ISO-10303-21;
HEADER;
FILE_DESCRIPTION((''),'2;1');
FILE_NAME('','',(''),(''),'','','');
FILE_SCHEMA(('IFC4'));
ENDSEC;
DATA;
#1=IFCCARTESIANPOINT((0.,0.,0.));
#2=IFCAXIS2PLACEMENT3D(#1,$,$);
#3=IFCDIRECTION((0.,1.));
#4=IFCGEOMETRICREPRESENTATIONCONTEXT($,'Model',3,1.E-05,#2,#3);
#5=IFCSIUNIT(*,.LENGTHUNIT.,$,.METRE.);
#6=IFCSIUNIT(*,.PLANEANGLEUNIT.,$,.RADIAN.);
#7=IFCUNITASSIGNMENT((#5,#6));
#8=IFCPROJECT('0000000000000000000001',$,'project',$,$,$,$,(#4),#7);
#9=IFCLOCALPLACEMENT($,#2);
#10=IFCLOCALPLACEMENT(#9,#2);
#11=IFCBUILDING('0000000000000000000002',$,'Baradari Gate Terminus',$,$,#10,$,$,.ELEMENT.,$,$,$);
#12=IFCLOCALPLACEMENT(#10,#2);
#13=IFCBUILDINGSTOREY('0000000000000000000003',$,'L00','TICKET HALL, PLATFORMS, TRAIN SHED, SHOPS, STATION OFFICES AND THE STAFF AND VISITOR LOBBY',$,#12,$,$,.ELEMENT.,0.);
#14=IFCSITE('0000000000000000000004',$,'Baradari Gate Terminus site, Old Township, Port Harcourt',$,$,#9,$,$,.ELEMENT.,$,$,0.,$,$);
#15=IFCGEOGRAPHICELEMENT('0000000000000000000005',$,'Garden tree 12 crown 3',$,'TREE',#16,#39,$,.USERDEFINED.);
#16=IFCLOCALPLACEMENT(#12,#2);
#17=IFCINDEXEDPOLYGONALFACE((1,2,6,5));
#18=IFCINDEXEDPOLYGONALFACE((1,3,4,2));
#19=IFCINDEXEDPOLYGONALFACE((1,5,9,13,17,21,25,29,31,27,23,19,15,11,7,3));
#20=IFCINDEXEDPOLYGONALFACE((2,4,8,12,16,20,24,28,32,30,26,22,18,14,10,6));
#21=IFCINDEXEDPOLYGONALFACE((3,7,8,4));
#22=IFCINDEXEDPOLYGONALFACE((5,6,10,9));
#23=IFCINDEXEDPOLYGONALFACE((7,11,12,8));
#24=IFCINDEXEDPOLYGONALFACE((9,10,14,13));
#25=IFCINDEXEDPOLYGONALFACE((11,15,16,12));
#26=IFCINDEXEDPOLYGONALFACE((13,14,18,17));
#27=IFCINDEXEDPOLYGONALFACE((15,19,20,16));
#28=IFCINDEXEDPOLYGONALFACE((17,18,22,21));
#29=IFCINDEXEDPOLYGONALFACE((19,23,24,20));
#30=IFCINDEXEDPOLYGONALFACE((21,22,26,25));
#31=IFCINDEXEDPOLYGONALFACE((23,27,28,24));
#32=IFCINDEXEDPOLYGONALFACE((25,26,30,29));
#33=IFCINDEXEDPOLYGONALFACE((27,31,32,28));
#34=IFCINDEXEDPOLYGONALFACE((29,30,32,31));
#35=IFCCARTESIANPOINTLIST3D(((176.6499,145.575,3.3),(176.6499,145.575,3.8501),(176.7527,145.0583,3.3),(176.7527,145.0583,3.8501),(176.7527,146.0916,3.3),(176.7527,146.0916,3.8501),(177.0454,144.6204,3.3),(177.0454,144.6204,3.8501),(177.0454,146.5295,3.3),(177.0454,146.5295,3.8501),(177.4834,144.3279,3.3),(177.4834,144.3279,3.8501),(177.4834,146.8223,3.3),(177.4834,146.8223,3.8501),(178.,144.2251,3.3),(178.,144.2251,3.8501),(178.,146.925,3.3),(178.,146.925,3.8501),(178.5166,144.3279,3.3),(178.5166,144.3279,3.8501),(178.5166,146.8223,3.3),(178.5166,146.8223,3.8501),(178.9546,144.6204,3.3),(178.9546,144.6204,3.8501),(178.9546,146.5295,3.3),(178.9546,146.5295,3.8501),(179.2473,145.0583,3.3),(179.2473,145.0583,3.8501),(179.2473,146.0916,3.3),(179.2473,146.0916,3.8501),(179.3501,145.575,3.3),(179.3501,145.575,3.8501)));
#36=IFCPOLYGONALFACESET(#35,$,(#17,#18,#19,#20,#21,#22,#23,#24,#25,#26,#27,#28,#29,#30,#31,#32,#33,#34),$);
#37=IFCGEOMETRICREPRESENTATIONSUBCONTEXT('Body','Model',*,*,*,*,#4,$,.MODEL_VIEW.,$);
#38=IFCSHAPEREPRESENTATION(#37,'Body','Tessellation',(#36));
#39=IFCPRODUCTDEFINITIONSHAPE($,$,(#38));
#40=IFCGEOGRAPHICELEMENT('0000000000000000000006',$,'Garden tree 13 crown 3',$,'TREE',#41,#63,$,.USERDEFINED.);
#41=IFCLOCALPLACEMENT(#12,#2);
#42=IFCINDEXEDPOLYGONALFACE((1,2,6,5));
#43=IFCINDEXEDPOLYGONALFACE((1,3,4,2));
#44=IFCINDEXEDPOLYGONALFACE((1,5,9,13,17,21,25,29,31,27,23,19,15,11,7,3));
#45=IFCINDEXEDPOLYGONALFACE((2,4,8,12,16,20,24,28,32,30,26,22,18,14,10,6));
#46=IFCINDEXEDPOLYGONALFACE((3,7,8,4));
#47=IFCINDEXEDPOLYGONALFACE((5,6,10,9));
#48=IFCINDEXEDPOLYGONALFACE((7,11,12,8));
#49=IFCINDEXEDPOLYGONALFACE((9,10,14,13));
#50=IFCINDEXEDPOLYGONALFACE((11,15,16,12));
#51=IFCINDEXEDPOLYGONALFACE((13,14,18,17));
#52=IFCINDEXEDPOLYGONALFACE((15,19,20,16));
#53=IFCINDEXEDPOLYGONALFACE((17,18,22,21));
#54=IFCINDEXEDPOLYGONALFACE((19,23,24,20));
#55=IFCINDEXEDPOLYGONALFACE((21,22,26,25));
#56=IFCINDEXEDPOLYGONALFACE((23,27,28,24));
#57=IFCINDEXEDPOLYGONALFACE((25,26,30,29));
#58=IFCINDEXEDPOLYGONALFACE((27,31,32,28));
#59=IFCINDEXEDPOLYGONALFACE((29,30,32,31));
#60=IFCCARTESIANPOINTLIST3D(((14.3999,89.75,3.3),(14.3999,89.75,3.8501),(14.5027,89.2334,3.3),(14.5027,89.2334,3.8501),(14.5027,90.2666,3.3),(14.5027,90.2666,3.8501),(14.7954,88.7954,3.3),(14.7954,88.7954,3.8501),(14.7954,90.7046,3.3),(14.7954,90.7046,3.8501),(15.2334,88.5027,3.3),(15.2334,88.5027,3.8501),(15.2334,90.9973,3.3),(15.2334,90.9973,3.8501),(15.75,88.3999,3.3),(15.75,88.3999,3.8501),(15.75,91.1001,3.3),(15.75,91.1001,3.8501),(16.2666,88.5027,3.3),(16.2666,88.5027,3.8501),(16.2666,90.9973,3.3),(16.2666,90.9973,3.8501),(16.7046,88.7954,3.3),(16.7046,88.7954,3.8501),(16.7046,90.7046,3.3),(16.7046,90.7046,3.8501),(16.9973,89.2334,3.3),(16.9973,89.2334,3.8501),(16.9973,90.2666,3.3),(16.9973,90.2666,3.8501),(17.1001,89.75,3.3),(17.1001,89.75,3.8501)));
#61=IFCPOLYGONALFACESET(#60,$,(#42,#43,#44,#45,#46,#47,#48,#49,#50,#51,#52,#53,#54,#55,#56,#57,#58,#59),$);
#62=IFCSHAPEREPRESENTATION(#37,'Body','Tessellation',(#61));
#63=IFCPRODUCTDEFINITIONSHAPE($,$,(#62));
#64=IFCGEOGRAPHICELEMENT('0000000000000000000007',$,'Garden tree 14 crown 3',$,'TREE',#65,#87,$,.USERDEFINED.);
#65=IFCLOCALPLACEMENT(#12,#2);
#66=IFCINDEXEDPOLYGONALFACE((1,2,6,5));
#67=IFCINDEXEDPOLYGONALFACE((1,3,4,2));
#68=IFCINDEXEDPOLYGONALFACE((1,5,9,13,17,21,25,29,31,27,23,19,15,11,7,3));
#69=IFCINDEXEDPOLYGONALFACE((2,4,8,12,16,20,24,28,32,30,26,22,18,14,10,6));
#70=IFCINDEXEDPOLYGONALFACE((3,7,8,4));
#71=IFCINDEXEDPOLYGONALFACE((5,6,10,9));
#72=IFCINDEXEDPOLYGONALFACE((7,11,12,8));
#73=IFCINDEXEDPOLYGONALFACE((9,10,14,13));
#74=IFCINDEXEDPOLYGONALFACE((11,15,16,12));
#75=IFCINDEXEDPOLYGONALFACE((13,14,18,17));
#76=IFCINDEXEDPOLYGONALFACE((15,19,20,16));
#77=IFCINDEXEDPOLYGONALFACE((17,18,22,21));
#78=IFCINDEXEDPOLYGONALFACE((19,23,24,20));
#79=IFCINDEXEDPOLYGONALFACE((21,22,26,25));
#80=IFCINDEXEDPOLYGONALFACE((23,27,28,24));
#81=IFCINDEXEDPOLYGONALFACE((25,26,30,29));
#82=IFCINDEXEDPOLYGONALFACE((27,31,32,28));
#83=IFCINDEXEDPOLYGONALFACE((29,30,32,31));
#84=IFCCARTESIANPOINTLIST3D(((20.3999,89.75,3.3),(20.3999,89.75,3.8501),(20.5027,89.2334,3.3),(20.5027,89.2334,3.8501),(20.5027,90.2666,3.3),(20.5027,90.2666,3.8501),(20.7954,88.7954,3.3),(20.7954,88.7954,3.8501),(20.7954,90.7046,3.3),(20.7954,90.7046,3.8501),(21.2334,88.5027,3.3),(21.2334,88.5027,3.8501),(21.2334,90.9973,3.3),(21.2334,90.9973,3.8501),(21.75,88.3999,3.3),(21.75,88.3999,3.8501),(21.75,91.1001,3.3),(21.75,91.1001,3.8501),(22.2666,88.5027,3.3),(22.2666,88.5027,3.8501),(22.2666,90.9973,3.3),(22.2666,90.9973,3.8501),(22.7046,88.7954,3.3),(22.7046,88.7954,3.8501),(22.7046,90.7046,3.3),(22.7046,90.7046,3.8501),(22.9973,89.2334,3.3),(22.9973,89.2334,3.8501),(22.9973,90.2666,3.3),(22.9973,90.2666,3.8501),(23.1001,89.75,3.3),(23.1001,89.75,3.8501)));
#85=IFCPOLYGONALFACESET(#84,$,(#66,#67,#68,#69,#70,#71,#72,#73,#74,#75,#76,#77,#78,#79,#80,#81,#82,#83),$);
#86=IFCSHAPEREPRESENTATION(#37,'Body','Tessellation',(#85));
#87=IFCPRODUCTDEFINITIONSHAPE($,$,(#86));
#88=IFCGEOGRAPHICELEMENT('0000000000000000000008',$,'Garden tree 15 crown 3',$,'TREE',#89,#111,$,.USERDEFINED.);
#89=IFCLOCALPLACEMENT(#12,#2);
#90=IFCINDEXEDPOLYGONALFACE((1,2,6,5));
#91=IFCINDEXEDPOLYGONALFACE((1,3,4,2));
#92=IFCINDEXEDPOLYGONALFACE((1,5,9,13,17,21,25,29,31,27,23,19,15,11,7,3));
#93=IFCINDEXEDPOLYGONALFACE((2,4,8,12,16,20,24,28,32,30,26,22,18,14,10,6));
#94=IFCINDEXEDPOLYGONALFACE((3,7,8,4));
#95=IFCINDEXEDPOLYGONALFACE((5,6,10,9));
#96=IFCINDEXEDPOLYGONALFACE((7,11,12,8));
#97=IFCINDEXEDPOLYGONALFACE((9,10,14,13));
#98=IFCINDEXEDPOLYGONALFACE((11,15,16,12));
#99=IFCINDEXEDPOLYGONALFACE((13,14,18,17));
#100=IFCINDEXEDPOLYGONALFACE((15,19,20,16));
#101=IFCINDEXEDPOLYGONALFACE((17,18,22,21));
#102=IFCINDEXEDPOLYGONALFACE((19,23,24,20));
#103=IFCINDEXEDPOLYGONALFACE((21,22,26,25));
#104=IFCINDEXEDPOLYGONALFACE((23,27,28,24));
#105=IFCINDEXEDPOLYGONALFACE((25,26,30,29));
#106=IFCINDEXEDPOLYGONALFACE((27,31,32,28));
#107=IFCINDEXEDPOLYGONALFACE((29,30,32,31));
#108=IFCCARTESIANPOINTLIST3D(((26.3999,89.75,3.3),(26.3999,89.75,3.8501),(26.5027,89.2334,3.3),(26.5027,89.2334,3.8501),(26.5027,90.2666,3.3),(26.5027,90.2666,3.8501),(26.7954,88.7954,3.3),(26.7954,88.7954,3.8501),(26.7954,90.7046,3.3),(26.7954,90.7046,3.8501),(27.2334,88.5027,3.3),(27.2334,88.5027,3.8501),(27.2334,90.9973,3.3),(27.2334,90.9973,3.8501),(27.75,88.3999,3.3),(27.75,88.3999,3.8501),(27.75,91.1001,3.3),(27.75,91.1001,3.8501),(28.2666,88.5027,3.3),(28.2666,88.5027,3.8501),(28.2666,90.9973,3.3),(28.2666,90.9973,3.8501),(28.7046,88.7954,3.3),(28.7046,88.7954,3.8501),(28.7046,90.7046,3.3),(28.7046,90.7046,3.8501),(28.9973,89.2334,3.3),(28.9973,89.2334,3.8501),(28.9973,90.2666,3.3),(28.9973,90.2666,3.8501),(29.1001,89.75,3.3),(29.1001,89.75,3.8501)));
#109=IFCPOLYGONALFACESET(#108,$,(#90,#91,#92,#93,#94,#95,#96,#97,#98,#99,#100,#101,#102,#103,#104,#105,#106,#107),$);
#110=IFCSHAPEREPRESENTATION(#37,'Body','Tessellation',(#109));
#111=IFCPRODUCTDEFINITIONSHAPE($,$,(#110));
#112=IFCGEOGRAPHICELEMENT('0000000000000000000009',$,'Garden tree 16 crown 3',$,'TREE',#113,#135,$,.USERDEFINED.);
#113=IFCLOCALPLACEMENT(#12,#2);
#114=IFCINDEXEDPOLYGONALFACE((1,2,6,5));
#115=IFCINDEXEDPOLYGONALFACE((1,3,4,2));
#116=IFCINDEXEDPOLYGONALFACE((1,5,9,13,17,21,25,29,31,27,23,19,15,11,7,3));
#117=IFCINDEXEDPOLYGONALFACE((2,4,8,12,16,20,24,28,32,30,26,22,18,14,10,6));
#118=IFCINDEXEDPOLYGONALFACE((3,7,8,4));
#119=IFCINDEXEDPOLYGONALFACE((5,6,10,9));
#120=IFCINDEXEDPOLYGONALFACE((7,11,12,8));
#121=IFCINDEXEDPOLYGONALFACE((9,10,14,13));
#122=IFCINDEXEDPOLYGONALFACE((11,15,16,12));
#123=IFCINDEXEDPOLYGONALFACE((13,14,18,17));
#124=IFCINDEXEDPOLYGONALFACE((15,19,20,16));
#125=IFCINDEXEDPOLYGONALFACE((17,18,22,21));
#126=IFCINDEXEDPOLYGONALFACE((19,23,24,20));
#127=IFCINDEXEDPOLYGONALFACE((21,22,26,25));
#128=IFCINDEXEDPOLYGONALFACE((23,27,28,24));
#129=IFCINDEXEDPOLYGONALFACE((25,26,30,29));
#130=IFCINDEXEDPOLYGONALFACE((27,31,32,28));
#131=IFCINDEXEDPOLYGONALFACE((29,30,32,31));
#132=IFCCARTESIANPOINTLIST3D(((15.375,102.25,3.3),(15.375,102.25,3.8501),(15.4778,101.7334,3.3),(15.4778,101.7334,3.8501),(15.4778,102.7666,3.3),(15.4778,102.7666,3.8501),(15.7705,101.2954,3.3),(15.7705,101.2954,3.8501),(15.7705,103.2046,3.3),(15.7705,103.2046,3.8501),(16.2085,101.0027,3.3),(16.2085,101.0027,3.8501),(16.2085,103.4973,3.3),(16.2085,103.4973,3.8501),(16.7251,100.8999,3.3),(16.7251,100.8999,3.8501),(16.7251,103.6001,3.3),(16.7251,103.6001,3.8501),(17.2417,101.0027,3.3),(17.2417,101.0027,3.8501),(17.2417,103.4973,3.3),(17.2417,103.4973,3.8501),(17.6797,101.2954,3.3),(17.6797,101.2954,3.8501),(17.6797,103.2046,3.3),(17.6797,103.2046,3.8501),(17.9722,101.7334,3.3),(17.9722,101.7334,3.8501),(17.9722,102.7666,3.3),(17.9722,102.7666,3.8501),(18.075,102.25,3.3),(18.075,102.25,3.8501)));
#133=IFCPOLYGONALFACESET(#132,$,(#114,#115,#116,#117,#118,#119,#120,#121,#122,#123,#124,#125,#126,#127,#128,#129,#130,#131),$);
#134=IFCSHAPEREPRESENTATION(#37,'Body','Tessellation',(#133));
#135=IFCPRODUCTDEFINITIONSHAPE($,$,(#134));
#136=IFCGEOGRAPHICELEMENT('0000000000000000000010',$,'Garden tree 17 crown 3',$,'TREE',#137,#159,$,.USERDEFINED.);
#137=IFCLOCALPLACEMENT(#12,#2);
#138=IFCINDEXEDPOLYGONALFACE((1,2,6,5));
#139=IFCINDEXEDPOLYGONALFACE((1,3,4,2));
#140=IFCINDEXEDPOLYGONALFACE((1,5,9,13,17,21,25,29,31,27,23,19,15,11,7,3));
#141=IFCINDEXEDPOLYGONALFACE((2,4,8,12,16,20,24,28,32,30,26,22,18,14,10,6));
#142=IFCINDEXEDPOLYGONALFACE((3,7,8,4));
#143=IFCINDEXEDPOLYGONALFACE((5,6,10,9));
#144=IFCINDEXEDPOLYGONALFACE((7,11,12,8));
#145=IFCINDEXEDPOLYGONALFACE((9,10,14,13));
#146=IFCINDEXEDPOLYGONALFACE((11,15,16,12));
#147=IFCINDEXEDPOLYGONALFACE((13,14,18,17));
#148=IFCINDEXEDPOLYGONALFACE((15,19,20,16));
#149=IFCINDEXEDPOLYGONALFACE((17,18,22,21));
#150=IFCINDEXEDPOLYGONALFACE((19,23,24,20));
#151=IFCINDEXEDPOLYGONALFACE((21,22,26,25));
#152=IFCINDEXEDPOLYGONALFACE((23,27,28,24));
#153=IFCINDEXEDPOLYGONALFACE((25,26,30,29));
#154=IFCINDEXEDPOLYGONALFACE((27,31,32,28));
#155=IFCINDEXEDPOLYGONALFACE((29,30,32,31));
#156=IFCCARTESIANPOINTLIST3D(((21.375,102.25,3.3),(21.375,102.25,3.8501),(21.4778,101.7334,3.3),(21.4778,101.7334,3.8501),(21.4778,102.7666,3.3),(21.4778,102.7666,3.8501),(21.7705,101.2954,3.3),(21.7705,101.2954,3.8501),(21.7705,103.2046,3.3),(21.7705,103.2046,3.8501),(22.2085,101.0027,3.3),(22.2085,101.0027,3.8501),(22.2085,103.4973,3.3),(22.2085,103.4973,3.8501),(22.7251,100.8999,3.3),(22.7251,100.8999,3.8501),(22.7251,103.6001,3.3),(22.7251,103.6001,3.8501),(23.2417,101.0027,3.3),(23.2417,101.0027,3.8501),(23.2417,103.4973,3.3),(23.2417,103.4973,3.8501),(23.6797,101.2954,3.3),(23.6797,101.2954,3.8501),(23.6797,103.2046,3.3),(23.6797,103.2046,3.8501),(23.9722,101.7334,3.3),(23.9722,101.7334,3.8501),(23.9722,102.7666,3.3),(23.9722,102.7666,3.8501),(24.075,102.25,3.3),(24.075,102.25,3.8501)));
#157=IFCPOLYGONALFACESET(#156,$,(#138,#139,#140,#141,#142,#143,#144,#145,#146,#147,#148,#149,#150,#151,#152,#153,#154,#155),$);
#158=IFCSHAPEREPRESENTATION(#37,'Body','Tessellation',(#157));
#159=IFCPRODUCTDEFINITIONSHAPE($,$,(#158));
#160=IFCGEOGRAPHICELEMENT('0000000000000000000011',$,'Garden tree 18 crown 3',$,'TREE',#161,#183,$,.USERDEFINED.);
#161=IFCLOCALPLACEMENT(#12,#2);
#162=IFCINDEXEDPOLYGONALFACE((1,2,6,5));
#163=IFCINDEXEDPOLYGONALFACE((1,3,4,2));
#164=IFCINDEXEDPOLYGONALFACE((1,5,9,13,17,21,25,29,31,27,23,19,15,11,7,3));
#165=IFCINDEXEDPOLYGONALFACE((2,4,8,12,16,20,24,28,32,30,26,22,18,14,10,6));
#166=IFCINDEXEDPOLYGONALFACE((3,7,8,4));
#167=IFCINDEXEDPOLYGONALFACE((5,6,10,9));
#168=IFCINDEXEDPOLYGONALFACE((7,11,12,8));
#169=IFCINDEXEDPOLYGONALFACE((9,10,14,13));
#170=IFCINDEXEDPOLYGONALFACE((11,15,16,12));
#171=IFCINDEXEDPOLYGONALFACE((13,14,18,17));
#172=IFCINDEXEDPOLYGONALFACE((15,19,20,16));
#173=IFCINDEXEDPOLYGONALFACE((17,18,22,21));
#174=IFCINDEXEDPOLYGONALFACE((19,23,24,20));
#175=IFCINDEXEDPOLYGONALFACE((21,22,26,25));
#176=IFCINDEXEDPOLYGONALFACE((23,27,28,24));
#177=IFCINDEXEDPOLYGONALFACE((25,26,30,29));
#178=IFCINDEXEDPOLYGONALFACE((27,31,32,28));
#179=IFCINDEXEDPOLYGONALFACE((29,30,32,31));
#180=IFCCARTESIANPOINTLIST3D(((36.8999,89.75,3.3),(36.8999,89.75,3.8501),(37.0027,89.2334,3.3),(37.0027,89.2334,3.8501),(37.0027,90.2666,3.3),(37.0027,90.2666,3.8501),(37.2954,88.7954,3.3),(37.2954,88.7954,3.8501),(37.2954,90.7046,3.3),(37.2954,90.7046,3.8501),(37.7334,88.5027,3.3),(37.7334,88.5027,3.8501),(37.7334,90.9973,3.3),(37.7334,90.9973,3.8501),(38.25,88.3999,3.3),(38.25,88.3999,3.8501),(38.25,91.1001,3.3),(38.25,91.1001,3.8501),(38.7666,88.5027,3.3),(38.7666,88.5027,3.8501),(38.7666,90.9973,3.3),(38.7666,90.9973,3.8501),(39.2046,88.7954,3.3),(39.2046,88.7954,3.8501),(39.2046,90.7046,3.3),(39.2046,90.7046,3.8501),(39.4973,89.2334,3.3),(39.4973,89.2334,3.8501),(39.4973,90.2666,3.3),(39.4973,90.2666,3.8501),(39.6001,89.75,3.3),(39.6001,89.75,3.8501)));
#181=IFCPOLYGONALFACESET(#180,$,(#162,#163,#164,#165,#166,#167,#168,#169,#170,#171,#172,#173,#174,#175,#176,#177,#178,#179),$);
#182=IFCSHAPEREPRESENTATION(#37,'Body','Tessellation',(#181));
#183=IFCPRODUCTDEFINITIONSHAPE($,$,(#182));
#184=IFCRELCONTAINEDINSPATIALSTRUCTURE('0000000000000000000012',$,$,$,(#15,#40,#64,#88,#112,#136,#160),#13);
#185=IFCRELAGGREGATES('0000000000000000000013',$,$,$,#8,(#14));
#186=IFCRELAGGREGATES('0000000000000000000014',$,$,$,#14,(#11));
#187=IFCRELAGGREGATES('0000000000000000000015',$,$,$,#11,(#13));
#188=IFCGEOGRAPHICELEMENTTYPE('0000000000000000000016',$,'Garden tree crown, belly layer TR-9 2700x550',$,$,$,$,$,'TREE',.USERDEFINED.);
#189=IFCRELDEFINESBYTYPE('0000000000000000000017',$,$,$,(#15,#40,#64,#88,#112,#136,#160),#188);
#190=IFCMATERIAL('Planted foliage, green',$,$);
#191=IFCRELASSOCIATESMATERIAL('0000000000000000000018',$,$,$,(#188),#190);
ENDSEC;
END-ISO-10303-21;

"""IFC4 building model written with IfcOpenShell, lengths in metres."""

from ifc_helpers import new_model, si_unit, direction, frame, origin, place, context, subcontext, project, spatial, polyline, outline, extrude, material, type_object, element, save


model = new_model("IFC4")

# Units and contexts
model_context = context("Model", 3, precision=1e-05, world=origin(), true_north=direction((0.0, 1.0)))
body_context = subcontext(model_context, "Body", "Model", "MODEL_VIEW")
ifc_project = project(units=[si_unit("LENGTHUNIT", "METRE"), si_unit("PLANEANGLEUNIT", "RADIAN")], contexts=[model_context])

# Site, building, storey
site_placement = place(None, origin())
site = spatial("IfcSite", under=ifc_project, at=site_placement, Name="Baradari Gate Terminus site, Old Township, Port Harcourt", CompositionType="ELEMENT", RefElevation=0.0)
building_placement = place(site_placement, origin())
building = spatial("IfcBuilding", under=site, at=building_placement, Name="Baradari Gate Terminus", CompositionType="ELEMENT")
storey_placement = place(building_placement, origin())
storey = spatial("IfcBuildingStorey", under=building, at=storey_placement, Name="L00", Description="TICKET HALL, PLATFORMS, TRAIN SHED, SHOPS, STATION OFFICES AND THE STAFF AND VISITOR LOBBY", CompositionType="ELEMENT", Elevation=0.0)

# Geographic elements
ifc_material_1 = material(Name="Planted foliage, green")
geographic_element_type_1 = type_object("IfcGeographicElementType", Name="Garden tree crown, belly layer TR-9 2700x550", ElementType="TREE", PredefinedType="USERDEFINED", material=ifc_material_1)
geographic_element_1_placement = place(storey_placement, frame((0.0, 0.0, 3.3)))
element("IfcGeographicElement", 1, at=geographic_element_1_placement, inside=storey, type_object=geographic_element_type_1, Name="Garden tree 12 crown 3", ObjectType="TREE", PredefinedType="USERDEFINED", context=body_context, shape_type="SweptSolid", body=[
    extrude(outline(polyline([(179.3501, 145.575), (179.2473, 146.0916), (178.9546, 146.5295), (178.5166, 146.8223), (178.0, 146.925), (177.4834, 146.8223), (177.0454, 146.5295), (176.7527, 146.0916), (176.6499, 145.575), (176.7527, 145.0583), (177.0454, 144.6204), (177.4834, 144.3279), (178.0, 144.2251), (178.5166, 144.3279), (178.9546, 144.6204), (179.2473, 145.0583), (179.3501, 145.575)])), origin(), (0.0, 0.0, 1.0), 0.55),
])
geographic_element_2_placement = place(storey_placement, frame((0.0, 0.0, 3.3)))
element("IfcGeographicElement", 2, at=geographic_element_2_placement, inside=storey, type_object=geographic_element_type_1, Name="Garden tree 13 crown 3", ObjectType="TREE", PredefinedType="USERDEFINED", context=body_context, shape_type="SweptSolid", body=[
    extrude(outline(polyline([(17.1001, 89.75), (16.9973, 90.2666), (16.7046, 90.7046), (16.2666, 90.9973), (15.75, 91.1001), (15.2334, 90.9973), (14.7954, 90.7046), (14.5027, 90.2666), (14.3999, 89.75), (14.5027, 89.2334), (14.7954, 88.7954), (15.2334, 88.5027), (15.75, 88.3999), (16.2666, 88.5027), (16.7046, 88.7954), (16.9973, 89.2334), (17.1001, 89.75)])), origin(), (0.0, 0.0, 1.0), 0.55),
])
geographic_element_3_placement = place(storey_placement, frame((0.0, 0.0, 3.3)))
element("IfcGeographicElement", 3, at=geographic_element_3_placement, inside=storey, type_object=geographic_element_type_1, Name="Garden tree 14 crown 3", ObjectType="TREE", PredefinedType="USERDEFINED", context=body_context, shape_type="SweptSolid", body=[
    extrude(outline(polyline([(23.1001, 89.75), (22.9973, 90.2666), (22.7046, 90.7046), (22.2666, 90.9973), (21.75, 91.1001), (21.2334, 90.9973), (20.7954, 90.7046), (20.5027, 90.2666), (20.3999, 89.75), (20.5027, 89.2334), (20.7954, 88.7954), (21.2334, 88.5027), (21.75, 88.3999), (22.2666, 88.5027), (22.7046, 88.7954), (22.9973, 89.2334), (23.1001, 89.75)])), origin(), (0.0, 0.0, 1.0), 0.55),
])
geographic_element_4_placement = place(storey_placement, frame((0.0, 0.0, 3.3)))
element("IfcGeographicElement", 4, at=geographic_element_4_placement, inside=storey, type_object=geographic_element_type_1, Name="Garden tree 15 crown 3", ObjectType="TREE", PredefinedType="USERDEFINED", context=body_context, shape_type="SweptSolid", body=[
    extrude(outline(polyline([(29.1001, 89.75), (28.9973, 90.2666), (28.7046, 90.7046), (28.2666, 90.9973), (27.75, 91.1001), (27.2334, 90.9973), (26.7954, 90.7046), (26.5027, 90.2666), (26.3999, 89.75), (26.5027, 89.2334), (26.7954, 88.7954), (27.2334, 88.5027), (27.75, 88.3999), (28.2666, 88.5027), (28.7046, 88.7954), (28.9973, 89.2334), (29.1001, 89.75)])), origin(), (0.0, 0.0, 1.0), 0.55),
])
geographic_element_5_placement = place(storey_placement, frame((0.0, 0.0, 3.3)))
element("IfcGeographicElement", 5, at=geographic_element_5_placement, inside=storey, type_object=geographic_element_type_1, Name="Garden tree 16 crown 3", ObjectType="TREE", PredefinedType="USERDEFINED", context=body_context, shape_type="SweptSolid", body=[
    extrude(outline(polyline([(18.075, 102.25), (17.9722, 102.7666), (17.6797, 103.2046), (17.2417, 103.4973), (16.7251, 103.6001), (16.2085, 103.4973), (15.7705, 103.2046), (15.4778, 102.7666), (15.375, 102.25), (15.4778, 101.7334), (15.7705, 101.2954), (16.2085, 101.0027), (16.7251, 100.8999), (17.2417, 101.0027), (17.6797, 101.2954), (17.9722, 101.7334), (18.075, 102.25)])), origin(), (0.0, 0.0, 1.0), 0.55),
])
geographic_element_6_placement = place(storey_placement, frame((0.0, 0.0, 3.3)))
element("IfcGeographicElement", 6, at=geographic_element_6_placement, inside=storey, type_object=geographic_element_type_1, Name="Garden tree 17 crown 3", ObjectType="TREE", PredefinedType="USERDEFINED", context=body_context, shape_type="SweptSolid", body=[
    extrude(outline(polyline([(24.075, 102.25), (23.9722, 102.7666), (23.6797, 103.2046), (23.2417, 103.4973), (22.7251, 103.6001), (22.2085, 103.4973), (21.7705, 103.2046), (21.4778, 102.7666), (21.375, 102.25), (21.4778, 101.7334), (21.7705, 101.2954), (22.2085, 101.0027), (22.7251, 100.8999), (23.2417, 101.0027), (23.6797, 101.2954), (23.9722, 101.7334), (24.075, 102.25)])), origin(), (0.0, 0.0, 1.0), 0.55),
])
geographic_element_7_placement = place(storey_placement, frame((0.0, 0.0, 3.3)))
element("IfcGeographicElement", 7, at=geographic_element_7_placement, inside=storey, type_object=geographic_element_type_1, Name="Garden tree 18 crown 3", ObjectType="TREE", PredefinedType="USERDEFINED", context=body_context, shape_type="SweptSolid", body=[
    extrude(outline(polyline([(39.6001, 89.75), (39.4973, 90.2666), (39.2046, 90.7046), (38.7666, 90.9973), (38.25, 91.1001), (37.7334, 90.9973), (37.2954, 90.7046), (37.0027, 90.2666), (36.8999, 89.75), (37.0027, 89.2334), (37.2954, 88.7954), (37.7334, 88.5027), (38.25, 88.3999), (38.7666, 88.5027), (39.2046, 88.7954), (39.4973, 89.2334), (39.6001, 89.75)])), origin(), (0.0, 0.0, 1.0), 0.55),
])

save(model, "model.ifc")
